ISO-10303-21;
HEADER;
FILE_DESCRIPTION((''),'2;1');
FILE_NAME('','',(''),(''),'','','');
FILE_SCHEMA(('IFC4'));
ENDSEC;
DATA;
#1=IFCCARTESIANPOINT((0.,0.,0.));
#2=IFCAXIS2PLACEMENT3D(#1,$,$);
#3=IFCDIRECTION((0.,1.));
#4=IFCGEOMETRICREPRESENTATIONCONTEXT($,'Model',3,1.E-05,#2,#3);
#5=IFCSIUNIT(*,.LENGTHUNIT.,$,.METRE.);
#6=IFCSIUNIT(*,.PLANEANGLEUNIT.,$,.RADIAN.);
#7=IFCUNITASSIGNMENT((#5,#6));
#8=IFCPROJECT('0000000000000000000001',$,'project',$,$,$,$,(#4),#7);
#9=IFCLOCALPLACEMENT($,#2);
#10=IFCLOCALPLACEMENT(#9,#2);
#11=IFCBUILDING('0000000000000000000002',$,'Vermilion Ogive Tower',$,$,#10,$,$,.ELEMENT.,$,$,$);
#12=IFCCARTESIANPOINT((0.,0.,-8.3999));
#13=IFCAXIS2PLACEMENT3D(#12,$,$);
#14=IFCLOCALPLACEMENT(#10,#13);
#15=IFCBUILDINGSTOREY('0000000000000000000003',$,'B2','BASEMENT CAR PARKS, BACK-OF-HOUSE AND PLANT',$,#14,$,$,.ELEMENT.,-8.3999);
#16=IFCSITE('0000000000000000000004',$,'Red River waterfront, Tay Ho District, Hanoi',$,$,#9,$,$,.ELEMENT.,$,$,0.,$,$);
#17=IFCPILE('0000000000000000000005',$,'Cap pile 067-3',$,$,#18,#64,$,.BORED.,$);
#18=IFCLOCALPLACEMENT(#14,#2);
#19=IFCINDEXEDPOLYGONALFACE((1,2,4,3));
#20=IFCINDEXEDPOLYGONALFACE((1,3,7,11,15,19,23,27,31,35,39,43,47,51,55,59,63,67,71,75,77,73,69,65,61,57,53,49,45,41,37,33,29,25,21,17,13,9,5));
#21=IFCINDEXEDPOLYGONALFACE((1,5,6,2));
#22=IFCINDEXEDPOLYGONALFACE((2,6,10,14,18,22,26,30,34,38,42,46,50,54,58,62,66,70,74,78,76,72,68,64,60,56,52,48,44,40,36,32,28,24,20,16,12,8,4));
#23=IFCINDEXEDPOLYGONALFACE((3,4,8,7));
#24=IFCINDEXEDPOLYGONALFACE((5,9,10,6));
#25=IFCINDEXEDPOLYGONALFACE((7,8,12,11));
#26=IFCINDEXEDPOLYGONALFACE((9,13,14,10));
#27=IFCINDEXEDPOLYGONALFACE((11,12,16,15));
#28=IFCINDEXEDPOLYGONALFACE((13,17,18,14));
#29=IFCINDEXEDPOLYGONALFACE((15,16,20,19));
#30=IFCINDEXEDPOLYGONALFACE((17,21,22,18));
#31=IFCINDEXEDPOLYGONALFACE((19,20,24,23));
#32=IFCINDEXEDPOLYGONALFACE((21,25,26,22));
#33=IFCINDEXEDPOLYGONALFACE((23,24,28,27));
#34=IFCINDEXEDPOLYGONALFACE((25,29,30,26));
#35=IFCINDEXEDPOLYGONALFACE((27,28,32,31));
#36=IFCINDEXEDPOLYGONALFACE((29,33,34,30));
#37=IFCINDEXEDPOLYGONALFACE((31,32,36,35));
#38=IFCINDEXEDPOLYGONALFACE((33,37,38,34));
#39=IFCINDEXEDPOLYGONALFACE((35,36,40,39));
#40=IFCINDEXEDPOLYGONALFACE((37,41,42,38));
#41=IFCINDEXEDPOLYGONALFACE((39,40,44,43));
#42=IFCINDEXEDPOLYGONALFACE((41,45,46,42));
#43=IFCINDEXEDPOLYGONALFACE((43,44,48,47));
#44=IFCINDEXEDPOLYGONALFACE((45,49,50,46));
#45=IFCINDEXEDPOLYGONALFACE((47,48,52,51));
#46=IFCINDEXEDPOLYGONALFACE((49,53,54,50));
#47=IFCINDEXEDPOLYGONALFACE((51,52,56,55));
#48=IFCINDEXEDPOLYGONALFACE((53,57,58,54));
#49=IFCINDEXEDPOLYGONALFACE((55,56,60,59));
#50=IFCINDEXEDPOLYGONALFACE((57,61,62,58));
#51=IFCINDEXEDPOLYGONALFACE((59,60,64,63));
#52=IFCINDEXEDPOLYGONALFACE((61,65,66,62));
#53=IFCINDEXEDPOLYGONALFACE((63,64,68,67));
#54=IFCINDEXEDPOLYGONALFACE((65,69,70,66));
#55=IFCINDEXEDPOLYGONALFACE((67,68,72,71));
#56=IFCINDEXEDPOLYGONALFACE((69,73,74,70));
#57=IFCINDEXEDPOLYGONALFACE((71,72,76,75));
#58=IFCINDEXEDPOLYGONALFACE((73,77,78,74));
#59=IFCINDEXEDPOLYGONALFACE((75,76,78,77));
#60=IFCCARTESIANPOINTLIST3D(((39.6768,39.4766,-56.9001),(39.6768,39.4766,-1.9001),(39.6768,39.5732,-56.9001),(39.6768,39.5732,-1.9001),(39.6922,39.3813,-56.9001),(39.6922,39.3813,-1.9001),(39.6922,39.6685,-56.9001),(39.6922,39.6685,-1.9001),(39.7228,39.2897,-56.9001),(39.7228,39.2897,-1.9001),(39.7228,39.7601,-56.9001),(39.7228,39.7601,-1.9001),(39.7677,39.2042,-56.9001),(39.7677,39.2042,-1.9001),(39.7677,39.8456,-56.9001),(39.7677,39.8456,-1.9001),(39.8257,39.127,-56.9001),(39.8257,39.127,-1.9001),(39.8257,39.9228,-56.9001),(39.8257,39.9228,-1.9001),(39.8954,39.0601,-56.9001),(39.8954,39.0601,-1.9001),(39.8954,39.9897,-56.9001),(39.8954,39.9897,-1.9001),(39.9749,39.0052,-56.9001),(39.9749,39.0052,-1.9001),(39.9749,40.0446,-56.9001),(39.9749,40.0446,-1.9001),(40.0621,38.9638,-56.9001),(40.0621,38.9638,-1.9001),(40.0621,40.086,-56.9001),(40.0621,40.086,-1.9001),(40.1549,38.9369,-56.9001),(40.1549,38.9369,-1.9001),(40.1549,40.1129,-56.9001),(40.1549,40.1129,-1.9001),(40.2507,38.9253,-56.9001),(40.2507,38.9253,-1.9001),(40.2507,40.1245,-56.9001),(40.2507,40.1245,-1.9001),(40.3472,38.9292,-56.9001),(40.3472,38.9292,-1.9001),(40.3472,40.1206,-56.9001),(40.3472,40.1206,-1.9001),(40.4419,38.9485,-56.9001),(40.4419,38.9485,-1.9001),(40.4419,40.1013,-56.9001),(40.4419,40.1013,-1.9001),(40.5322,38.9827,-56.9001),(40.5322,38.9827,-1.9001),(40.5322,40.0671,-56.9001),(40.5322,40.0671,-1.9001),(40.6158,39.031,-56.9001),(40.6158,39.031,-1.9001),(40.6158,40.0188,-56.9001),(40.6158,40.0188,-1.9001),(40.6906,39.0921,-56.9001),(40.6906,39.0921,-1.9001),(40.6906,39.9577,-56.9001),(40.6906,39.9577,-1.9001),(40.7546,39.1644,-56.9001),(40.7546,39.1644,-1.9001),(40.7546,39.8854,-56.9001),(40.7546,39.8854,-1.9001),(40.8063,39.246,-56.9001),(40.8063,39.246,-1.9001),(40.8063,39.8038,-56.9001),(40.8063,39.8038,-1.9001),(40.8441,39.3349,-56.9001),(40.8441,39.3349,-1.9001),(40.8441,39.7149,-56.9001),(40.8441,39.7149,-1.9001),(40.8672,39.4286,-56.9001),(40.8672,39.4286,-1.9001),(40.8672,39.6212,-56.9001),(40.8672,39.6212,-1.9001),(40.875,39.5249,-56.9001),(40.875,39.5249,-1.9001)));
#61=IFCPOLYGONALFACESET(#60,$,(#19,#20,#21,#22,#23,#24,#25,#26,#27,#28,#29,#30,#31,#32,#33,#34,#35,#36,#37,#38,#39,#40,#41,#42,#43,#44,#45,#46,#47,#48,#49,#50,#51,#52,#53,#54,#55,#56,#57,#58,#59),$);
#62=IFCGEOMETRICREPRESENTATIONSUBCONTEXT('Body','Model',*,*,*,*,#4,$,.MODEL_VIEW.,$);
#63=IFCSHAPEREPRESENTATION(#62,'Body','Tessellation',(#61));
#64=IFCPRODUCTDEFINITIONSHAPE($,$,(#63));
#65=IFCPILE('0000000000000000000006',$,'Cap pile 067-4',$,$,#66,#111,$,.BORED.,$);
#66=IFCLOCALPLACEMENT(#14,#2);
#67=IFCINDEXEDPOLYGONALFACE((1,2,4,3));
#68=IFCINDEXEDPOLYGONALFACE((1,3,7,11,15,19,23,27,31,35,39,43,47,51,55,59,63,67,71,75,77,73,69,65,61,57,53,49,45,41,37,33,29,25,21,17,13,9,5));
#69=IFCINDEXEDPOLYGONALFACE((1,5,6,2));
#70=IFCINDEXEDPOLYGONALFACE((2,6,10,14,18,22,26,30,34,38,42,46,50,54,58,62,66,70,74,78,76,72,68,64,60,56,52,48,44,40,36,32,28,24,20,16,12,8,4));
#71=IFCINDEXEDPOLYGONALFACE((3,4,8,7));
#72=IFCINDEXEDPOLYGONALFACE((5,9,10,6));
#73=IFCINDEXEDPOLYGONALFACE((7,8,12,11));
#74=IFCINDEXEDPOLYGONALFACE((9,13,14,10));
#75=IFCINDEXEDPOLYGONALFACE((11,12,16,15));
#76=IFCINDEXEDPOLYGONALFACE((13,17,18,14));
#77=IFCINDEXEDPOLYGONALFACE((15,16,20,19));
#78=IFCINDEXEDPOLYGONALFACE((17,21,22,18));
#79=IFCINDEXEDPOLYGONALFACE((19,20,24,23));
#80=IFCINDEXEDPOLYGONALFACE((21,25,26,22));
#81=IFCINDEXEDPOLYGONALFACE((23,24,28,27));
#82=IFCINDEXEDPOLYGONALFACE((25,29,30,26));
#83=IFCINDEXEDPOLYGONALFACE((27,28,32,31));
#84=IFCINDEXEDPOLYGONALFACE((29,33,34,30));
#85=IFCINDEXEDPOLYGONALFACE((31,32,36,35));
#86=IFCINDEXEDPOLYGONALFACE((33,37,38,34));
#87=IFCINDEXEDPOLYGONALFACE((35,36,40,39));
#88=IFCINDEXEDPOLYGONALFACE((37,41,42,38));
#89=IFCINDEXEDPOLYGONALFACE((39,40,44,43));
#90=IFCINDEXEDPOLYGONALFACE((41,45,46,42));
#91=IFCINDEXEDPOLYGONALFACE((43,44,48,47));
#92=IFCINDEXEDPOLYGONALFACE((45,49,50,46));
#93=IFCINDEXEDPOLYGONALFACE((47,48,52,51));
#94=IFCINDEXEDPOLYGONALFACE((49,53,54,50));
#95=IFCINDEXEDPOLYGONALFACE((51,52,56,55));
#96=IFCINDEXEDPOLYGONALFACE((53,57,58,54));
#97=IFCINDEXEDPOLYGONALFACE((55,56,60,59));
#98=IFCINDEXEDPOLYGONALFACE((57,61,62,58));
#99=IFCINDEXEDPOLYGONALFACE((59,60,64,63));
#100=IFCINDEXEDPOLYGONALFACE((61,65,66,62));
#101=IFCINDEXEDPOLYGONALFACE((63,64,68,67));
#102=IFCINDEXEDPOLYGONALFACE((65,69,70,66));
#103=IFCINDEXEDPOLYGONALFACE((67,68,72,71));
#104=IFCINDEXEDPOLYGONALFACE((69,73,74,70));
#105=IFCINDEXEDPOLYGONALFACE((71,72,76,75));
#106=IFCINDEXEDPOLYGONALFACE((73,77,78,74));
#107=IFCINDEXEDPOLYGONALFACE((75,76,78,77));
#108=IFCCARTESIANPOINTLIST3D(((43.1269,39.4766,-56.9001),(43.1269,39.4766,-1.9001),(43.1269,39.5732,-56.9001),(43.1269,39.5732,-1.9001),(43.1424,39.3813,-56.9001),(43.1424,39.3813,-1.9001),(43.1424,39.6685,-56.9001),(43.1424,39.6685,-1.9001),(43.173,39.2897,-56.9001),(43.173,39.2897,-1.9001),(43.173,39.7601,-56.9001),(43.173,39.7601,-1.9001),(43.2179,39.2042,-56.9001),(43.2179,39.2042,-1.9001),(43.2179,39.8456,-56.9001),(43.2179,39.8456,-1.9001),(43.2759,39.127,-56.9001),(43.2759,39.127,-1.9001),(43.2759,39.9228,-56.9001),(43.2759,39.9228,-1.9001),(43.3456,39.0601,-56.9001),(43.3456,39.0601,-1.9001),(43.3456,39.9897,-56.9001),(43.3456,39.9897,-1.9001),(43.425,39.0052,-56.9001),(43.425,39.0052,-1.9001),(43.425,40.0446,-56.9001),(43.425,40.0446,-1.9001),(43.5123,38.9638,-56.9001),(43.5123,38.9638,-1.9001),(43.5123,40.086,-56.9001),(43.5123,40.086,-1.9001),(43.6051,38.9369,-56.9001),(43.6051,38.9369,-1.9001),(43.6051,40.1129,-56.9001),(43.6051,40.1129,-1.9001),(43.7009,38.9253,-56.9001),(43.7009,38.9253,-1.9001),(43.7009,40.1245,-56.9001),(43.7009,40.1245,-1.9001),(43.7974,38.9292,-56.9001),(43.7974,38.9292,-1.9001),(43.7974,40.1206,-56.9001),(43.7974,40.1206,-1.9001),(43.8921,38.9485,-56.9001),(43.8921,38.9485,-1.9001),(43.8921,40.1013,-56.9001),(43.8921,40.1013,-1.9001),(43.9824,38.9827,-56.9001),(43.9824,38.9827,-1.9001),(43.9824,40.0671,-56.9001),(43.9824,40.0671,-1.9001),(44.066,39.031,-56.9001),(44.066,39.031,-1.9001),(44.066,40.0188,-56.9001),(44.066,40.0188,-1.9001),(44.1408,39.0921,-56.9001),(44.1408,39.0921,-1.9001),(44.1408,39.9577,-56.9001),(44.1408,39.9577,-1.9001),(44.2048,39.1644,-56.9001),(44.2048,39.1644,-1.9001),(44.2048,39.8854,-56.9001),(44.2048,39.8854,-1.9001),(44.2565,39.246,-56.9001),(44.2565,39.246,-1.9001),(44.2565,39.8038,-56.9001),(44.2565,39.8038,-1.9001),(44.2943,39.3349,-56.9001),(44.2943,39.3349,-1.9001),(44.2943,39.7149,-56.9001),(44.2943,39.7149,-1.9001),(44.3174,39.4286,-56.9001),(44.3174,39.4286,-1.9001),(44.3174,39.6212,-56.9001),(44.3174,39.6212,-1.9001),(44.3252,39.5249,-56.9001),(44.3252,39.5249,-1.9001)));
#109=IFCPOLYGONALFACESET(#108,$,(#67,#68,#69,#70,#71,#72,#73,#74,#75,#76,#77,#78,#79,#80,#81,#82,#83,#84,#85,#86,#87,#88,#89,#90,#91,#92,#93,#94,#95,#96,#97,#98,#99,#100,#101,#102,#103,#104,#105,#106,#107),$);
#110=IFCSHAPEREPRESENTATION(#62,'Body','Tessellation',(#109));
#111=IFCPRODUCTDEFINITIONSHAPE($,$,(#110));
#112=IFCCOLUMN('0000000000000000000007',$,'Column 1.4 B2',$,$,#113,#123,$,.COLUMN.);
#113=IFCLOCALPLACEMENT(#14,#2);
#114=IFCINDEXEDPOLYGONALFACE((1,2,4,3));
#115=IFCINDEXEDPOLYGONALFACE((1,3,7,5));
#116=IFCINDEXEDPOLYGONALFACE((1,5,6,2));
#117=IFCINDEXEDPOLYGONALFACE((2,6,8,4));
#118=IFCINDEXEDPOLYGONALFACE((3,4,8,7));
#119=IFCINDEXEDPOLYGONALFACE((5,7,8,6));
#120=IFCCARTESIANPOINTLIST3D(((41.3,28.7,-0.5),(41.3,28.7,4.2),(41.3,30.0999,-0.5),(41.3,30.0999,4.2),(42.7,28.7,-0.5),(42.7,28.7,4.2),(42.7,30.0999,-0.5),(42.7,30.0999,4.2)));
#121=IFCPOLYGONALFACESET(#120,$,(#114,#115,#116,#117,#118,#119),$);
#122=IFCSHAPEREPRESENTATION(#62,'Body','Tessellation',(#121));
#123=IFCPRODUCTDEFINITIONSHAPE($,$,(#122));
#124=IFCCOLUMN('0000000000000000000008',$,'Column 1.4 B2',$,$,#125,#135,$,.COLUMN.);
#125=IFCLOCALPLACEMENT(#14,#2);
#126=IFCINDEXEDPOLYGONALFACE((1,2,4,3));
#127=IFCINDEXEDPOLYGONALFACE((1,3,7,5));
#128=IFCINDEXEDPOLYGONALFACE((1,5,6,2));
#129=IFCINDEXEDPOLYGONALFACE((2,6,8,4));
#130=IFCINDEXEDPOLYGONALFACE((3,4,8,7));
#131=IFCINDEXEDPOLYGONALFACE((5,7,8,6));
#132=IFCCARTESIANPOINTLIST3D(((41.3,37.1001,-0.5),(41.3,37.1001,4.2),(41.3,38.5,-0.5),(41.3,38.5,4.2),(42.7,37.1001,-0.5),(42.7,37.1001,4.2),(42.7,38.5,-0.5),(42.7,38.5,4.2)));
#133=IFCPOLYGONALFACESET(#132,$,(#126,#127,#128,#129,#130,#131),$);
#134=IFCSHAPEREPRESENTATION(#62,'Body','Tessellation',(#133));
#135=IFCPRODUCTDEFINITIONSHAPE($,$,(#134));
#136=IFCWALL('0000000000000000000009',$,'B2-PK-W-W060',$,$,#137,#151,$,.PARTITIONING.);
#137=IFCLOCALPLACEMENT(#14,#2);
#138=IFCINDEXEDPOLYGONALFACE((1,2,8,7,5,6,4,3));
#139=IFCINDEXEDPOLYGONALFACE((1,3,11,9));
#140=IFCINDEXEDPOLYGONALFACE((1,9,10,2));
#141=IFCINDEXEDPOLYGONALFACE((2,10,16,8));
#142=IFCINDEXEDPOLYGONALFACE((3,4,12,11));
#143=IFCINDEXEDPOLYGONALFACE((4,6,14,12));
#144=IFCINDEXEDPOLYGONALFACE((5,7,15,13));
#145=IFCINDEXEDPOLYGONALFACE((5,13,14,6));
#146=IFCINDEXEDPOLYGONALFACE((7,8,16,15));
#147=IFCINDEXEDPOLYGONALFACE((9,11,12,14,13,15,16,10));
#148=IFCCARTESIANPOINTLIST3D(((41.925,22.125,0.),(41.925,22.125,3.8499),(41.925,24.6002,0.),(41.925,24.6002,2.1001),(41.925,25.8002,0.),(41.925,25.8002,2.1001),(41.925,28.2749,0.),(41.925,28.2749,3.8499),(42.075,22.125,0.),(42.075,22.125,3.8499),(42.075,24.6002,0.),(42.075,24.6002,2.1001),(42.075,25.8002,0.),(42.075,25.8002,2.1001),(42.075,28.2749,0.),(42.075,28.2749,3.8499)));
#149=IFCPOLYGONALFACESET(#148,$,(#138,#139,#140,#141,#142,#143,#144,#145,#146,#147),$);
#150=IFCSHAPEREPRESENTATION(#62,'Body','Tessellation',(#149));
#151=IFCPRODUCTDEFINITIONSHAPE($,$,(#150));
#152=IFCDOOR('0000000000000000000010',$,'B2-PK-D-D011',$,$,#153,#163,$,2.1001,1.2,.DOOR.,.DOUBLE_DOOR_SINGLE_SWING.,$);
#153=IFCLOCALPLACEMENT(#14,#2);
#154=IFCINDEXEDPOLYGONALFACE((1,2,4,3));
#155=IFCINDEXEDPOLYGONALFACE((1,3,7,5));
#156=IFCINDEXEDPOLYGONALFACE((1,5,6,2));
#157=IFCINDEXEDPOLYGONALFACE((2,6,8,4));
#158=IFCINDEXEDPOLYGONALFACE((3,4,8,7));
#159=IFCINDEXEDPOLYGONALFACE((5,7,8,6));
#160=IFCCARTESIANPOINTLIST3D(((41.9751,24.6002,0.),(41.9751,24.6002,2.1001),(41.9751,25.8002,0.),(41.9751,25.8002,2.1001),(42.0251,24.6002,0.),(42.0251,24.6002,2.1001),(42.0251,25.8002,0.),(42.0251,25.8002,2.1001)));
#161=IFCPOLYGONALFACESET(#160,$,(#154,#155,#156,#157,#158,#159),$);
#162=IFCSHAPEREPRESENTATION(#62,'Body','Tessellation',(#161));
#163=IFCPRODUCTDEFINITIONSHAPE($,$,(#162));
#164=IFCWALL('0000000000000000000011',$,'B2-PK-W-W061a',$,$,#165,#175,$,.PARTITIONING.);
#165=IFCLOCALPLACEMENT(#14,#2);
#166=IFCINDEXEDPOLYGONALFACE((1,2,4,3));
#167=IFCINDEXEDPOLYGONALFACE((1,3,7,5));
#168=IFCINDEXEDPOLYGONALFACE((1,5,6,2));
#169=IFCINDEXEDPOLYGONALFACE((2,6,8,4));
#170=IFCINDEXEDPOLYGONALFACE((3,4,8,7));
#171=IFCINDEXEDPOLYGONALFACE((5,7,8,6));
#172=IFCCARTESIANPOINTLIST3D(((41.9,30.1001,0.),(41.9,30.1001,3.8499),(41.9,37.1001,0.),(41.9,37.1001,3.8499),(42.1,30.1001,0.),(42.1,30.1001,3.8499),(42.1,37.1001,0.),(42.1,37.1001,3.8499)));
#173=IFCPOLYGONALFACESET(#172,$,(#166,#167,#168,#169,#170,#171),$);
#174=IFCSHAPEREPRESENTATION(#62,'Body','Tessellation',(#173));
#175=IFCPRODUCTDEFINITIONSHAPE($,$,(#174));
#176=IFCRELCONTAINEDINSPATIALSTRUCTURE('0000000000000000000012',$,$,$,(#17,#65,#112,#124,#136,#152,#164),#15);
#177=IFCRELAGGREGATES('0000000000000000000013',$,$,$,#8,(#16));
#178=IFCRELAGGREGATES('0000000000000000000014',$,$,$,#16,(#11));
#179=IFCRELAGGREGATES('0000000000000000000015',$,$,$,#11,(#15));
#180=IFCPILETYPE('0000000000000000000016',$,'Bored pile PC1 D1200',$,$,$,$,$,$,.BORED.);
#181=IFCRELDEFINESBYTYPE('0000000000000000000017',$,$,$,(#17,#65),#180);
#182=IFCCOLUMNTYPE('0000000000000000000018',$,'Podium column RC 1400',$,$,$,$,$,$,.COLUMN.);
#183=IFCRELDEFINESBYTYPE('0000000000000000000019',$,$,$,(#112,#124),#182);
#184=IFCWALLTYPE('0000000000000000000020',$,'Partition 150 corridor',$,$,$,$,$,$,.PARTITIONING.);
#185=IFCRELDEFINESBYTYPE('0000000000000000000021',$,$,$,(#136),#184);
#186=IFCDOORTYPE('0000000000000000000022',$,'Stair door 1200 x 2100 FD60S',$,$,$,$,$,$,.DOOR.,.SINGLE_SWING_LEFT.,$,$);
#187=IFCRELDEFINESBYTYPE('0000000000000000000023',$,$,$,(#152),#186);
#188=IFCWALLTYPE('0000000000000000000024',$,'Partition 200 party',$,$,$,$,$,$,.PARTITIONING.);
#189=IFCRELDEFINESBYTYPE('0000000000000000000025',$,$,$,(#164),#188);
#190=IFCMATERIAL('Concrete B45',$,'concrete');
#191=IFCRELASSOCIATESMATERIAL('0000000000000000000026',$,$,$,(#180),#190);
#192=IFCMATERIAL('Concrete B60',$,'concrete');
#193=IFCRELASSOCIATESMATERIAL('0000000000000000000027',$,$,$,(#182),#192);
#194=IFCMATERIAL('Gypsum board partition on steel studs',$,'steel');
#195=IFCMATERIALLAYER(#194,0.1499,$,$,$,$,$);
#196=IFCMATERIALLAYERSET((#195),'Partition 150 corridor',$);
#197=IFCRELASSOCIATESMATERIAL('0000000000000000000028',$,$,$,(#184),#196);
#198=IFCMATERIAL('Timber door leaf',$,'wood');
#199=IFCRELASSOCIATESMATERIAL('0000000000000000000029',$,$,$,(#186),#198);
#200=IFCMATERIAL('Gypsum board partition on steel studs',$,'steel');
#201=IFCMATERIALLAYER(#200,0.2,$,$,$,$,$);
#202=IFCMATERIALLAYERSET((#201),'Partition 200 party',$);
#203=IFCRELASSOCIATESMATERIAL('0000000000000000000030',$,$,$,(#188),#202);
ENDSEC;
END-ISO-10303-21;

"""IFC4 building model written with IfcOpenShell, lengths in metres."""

from ifc_helpers import new_model, si_unit, direction, frame, frame_2d, origin, origin_2d, place, context, subcontext, project, spatial, rectangle, circle, extrude, material, layer, layer_set, material_profile, profile_set, type_object, element, fill, save


model = new_model("IFC4")

# Units and contexts
model_context = context("Model", 3, precision=1e-05, world=origin(), true_north=direction((0.0, 1.0)))
body_context = subcontext(model_context, "Body", "Model", "MODEL_VIEW")
ifc_project = project(units=[si_unit("LENGTHUNIT", "METRE"), si_unit("PLANEANGLEUNIT", "RADIAN")], contexts=[model_context])

# Site, building, storey
site_placement = place(None, origin())
site = spatial("IfcSite", under=ifc_project, at=site_placement, Name="Red River waterfront, Tay Ho District, Hanoi", CompositionType="ELEMENT", RefElevation=0.0)
building_placement = place(site_placement, origin())
building = spatial("IfcBuilding", under=site, at=building_placement, Name="Vermilion Ogive Tower", CompositionType="ELEMENT")
storey_placement = place(building_placement, frame((0.0, 0.0, -8.3999)))
storey = spatial("IfcBuildingStorey", under=building, at=storey_placement, Name="B2", Description="BASEMENT CAR PARKS, BACK-OF-HOUSE AND PLANT", CompositionType="ELEMENT", Elevation=-8.3999)

# Piles
ifc_material_1 = material(Name="Concrete B45", Category="concrete")
pile_type = type_object("IfcPileType", Name="Bored pile PC1 D1200", PredefinedType="BORED", material=ifc_material_1)
for number, where, z_axis, x_axis, name in (
    (1, (40.2749, 39.5249, -1.9001), (0.0, 0.0, -1.0), (1.0, 0.0, 0.0), "Cap pile 067-3"),
    (2, (43.7251, 39.5249, -1.9001), (0.0, 0.0, -1.0), (1.0, 0.0, 0.0), "Cap pile 067-4"),
):
    element("IfcPile", number, at=place(storey_placement, frame(where, z_axis=z_axis, x_axis=x_axis)), inside=storey, type_object=pile_type, Name=name, PredefinedType="BORED", context=body_context, shape_type="SweptSolid", body=[
        extrude(circle(Radius=0.6001, at=origin_2d()), origin(), (0.0, 0.0, 1.0), 55.0),
    ])

# Columns
ifc_material_2 = material(Name="Concrete B60", Category="concrete")
ifc_material_profile = material_profile(ifc_material_2, rectangle(XDim=1.3999, YDim=1.3999, at=origin_2d()), Name="RC 1400x1400")
ifc_profile_set = profile_set([ifc_material_profile], Name="Concrete B60")
column_type = type_object("IfcColumnType", Name="Podium column RC 1400", PredefinedType="COLUMN", material=ifc_profile_set)
for number, where, z_axis, x_axis, name in (
    (3, (42.0, 29.3999, -0.5), (0.0, 0.0, 1.0), (1.0, 0.0, 0.0), "Column 1.4 B2"),
    (4, (42.0, 37.8, -0.5), (0.0, 0.0, 1.0), (1.0, 0.0, 0.0), "Column 1.4 B2"),
):
    element("IfcColumn", number, at=place(storey_placement, frame(where, z_axis=z_axis, x_axis=x_axis)), inside=storey, type_object=column_type, Name=name, PredefinedType="COLUMN", context=body_context, shape_type="SweptSolid", body=[
        extrude(rectangle(XDim=1.3999, YDim=1.3999, at=origin_2d()), origin(), (0.0, 0.0, 1.0), 4.7),
    ])

# Wall, opening, door
ifc_material_3 = material(Name="Gypsum board partition on steel studs", Category="steel")
ifc_layer_1 = layer(ifc_material_3, 0.1499)
ifc_layer_set_1 = layer_set([ifc_layer_1], Name="Partition 150 corridor")
wall_type_1 = type_object("IfcWallType", Name="Partition 150 corridor", PredefinedType="PARTITIONING", material=ifc_layer_set_1)
wall_1_placement = place(storey_placement, frame((42.0, 22.125, 0.0), z_axis=(0.0, 0.0, 1.0), x_axis=(0.0, 1.0, 0.0)))
wall_1 = element("IfcWall", 5, at=wall_1_placement, inside=storey, type_object=wall_type_1, Name="B2-PK-W-W060", PredefinedType="PARTITIONING", context=body_context, shape_type="SweptSolid", body=[
    extrude(rectangle(XDim=6.1499, YDim=0.1499, at=frame_2d((3.075, 0.0))), origin(), (0.0, 0.0, 1.0), 3.8499),
])
opening_1_placement = place(wall_1_placement, frame((2.4751, 0.0, 0.0)))
opening_1 = element("IfcOpeningElement", 6, at=opening_1_placement, cuts=wall_1, PredefinedType="OPENING", context=body_context, shape_type="SweptSolid", body=[
    extrude(rectangle(XDim=1.2, YDim=2.1001, at=frame_2d((0.6001, 1.05))), frame((0.0, 0.085, 0.0), z_axis=(0.0, -1.0, 0.0), x_axis=(1.0, 0.0, 0.0)), (0.0, 0.0, 1.0), 0.1699),
])
ifc_material_4 = material(Name="Timber door leaf", Category="wood")
door_type_1 = type_object("IfcDoorType", Name="Stair door 1200 x 2100 FD60S", OperationType="SINGLE_SWING_LEFT", PredefinedType="DOOR", material=ifc_material_4)
door_1_placement = place(opening_1_placement, origin())
door_1 = element("IfcDoor", 7, at=door_1_placement, inside=storey, type_object=door_type_1, Name="B2-PK-D-D011", OperationType="DOUBLE_DOOR_SINGLE_SWING", OverallHeight=2.1001, OverallWidth=1.2, PredefinedType="DOOR", context=body_context, shape_type="SweptSolid", body=[
    extrude(rectangle(XDim=1.2, YDim=2.1001, at=frame_2d((0.6001, 1.05))), frame((0.0, 0.0249, 0.0), z_axis=(0.0, -1.0, 0.0), x_axis=(1.0, 0.0, 0.0)), (0.0, 0.0, 1.0), 0.05),
])
fill(opening_1, door_1)

# Wall
ifc_material_5 = material(Name="Gypsum board partition on steel studs", Category="steel")
ifc_layer_2 = layer(ifc_material_5, 0.2)
ifc_layer_set_2 = layer_set([ifc_layer_2], Name="Partition 200 party")
wall_type_2 = type_object("IfcWallType", Name="Partition 200 party", PredefinedType="PARTITIONING", material=ifc_layer_set_2)
wall_2_placement = place(storey_placement, frame((42.0, 30.1001, 0.0), z_axis=(0.0, 0.0, 1.0), x_axis=(0.0, 1.0, 0.0)))
element("IfcWall", 8, at=wall_2_placement, inside=storey, type_object=wall_type_2, Name="B2-PK-W-W061a", PredefinedType="PARTITIONING", context=body_context, shape_type="SweptSolid", body=[
    extrude(rectangle(XDim=7.0, YDim=0.2, at=frame_2d((3.5, 0.0))), origin(), (0.0, 0.0, 1.0), 3.8499),
])

save(model, "model.ifc")
